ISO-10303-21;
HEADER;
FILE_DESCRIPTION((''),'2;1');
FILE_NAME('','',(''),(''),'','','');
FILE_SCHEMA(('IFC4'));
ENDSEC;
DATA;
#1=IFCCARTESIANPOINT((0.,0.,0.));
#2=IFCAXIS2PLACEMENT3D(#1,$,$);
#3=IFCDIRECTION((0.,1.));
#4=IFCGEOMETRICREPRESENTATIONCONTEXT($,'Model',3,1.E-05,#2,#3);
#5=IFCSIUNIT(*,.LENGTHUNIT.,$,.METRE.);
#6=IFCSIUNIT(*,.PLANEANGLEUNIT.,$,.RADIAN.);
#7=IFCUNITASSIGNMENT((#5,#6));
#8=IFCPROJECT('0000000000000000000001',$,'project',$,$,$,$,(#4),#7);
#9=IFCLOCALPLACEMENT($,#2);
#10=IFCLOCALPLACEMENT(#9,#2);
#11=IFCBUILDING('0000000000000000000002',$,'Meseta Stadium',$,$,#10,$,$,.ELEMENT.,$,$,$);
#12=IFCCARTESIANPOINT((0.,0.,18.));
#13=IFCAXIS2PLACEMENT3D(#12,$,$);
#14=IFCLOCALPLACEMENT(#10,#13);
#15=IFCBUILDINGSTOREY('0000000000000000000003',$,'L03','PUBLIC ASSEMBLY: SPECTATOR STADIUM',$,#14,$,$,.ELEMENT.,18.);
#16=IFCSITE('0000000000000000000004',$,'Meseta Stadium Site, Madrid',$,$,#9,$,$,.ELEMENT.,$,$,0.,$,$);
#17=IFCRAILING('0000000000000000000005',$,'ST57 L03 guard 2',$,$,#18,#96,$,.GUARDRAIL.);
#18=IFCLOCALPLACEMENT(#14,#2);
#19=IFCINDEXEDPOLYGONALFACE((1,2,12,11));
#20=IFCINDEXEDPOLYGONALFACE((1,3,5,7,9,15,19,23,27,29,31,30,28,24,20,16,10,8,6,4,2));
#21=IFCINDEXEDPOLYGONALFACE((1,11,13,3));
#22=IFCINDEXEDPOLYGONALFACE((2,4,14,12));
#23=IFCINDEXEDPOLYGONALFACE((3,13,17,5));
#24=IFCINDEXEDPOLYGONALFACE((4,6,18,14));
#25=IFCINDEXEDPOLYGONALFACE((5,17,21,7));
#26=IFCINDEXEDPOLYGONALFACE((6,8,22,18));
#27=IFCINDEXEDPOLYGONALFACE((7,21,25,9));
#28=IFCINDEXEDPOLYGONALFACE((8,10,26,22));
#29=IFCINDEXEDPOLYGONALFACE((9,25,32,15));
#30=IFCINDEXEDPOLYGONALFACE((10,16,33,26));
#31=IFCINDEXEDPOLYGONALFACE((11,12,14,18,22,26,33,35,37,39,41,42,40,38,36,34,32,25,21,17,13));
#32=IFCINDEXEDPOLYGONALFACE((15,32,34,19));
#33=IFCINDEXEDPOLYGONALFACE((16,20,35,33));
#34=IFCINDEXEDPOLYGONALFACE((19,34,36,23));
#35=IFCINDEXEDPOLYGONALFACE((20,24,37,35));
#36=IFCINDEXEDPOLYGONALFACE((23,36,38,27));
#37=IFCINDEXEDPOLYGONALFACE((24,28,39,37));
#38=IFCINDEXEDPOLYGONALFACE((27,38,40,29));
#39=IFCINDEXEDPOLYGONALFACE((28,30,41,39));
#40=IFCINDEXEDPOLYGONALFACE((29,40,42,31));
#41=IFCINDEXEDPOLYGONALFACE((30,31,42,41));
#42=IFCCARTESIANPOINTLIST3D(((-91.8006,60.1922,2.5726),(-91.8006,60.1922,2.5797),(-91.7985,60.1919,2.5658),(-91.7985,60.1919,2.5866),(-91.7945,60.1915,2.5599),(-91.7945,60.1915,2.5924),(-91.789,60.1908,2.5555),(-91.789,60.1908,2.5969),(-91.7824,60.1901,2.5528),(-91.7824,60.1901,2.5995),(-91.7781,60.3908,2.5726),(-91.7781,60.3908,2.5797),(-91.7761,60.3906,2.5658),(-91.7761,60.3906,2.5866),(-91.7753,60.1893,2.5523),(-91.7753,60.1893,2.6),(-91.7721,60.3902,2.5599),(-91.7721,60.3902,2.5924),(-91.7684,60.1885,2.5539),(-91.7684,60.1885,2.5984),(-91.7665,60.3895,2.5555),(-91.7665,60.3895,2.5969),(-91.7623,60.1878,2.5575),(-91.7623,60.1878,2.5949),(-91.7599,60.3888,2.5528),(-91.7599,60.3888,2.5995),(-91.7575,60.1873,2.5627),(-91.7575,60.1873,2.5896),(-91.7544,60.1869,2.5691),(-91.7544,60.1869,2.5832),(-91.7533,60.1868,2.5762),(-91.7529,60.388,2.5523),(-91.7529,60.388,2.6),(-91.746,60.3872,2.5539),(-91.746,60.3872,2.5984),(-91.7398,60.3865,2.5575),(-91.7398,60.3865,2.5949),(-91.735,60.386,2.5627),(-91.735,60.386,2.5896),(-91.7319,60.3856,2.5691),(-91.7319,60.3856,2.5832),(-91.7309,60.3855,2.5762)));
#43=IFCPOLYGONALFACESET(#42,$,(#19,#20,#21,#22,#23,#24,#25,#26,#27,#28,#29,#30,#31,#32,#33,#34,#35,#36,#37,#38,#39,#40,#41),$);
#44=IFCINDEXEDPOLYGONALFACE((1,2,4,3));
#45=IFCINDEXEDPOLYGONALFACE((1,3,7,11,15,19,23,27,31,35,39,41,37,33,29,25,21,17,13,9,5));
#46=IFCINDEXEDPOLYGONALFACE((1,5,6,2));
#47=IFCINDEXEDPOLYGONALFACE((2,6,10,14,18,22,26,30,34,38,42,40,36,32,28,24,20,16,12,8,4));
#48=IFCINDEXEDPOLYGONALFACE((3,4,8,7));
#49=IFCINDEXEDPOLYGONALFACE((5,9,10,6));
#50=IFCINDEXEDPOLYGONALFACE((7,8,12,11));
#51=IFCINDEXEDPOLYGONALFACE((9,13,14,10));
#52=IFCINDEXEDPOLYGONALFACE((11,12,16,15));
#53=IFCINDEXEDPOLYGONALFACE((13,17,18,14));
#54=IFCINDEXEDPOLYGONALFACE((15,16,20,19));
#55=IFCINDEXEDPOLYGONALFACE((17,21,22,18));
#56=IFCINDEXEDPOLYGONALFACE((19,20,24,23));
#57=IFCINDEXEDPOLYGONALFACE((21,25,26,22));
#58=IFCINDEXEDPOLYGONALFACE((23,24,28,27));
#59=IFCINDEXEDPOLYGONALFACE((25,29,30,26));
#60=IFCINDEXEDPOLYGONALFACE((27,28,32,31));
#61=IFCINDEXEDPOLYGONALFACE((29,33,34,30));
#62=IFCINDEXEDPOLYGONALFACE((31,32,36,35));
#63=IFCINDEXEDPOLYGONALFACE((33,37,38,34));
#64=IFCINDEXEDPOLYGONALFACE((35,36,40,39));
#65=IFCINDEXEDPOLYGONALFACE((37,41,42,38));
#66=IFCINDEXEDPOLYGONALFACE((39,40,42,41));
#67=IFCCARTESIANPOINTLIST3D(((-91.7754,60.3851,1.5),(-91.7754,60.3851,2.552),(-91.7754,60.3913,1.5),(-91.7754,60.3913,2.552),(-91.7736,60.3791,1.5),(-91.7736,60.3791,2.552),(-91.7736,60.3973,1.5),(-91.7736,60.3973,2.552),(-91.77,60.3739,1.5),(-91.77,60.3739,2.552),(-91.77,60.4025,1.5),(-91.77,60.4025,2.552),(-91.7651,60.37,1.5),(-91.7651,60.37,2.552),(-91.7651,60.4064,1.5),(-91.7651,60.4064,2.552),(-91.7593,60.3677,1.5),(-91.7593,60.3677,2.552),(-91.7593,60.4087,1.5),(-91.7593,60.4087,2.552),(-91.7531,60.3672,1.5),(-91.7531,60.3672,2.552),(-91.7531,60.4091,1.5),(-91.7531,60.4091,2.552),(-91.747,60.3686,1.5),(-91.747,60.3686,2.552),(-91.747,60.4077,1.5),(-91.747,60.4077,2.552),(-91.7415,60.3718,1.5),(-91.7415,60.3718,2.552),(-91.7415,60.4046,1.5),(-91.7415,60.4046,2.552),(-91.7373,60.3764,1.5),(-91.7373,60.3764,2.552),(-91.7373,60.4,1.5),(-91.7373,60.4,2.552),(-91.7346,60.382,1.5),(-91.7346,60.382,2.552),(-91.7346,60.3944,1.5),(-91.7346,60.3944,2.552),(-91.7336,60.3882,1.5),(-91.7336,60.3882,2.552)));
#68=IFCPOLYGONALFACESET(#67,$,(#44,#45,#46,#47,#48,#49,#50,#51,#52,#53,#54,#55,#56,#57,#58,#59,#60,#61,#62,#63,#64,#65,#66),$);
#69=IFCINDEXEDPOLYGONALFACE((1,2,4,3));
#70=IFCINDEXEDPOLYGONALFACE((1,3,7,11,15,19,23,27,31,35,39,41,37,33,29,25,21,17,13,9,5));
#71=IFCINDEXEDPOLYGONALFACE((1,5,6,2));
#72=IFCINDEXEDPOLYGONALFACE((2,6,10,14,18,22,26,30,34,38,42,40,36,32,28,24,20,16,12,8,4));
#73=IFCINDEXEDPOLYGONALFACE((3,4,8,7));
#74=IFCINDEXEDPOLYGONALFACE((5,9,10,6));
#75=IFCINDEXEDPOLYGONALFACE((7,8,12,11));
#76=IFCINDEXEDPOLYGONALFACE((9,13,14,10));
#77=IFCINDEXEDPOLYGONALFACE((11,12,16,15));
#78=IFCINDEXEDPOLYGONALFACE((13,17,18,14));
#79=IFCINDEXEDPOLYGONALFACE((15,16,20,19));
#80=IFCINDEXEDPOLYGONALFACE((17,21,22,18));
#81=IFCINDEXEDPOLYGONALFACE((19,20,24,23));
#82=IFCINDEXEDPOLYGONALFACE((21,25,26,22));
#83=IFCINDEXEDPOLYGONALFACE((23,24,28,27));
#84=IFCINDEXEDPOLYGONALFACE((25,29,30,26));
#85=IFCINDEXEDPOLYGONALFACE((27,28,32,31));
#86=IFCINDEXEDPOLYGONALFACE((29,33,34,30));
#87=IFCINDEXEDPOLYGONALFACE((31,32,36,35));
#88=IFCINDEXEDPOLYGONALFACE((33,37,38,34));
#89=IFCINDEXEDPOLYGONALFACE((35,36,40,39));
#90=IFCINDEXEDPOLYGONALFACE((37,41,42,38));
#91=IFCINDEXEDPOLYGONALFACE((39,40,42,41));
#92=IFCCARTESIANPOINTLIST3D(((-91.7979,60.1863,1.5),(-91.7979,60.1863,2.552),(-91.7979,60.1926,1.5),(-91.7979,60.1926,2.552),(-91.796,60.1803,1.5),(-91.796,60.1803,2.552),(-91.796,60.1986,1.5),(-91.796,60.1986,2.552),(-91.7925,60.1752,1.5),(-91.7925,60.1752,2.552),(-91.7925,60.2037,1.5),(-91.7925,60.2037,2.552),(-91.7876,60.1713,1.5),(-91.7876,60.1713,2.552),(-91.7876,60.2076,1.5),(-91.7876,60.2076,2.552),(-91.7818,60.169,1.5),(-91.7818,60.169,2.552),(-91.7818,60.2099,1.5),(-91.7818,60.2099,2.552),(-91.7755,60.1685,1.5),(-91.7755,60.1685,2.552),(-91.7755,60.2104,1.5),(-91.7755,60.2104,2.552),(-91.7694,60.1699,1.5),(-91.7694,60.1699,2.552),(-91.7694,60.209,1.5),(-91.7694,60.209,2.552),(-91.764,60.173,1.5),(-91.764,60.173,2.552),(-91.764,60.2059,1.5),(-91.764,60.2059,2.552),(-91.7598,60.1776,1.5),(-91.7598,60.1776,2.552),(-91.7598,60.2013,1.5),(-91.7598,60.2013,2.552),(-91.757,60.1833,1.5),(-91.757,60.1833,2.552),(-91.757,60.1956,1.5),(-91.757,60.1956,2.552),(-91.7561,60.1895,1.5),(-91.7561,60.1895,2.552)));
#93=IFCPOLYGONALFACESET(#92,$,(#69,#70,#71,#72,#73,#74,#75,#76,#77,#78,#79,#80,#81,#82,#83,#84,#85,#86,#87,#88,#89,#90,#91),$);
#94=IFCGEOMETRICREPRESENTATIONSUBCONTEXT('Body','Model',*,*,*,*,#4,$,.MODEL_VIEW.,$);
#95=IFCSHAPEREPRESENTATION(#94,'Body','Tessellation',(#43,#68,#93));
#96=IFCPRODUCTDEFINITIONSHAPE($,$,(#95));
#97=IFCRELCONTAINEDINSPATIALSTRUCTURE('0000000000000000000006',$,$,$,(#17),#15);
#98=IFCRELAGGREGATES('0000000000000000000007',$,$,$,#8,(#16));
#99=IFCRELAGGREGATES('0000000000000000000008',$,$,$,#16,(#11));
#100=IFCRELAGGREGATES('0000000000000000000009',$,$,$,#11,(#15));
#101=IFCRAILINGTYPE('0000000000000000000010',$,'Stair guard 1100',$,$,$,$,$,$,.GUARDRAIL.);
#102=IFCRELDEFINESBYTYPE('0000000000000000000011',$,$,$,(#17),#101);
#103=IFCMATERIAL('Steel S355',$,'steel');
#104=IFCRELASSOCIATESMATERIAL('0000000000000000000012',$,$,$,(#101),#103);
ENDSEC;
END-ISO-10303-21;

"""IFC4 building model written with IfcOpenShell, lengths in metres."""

from ifc_helpers import new_model, si_unit, direction, frame, origin, origin_2d, place, context, subcontext, project, spatial, circle, extrude, material, type_object, element, save


model = new_model("IFC4")

# Units and contexts
model_context = context("Model", 3, precision=1e-05, world=origin(), true_north=direction((0.0, 1.0)))
body_context = subcontext(model_context, "Body", "Model", "MODEL_VIEW")
ifc_project = project(units=[si_unit("LENGTHUNIT", "METRE"), si_unit("PLANEANGLEUNIT", "RADIAN")], contexts=[model_context])

# Site, building, storey
site_placement = place(None, origin())
site = spatial("IfcSite", under=ifc_project, at=site_placement, Name="Meseta Stadium Site, Madrid", CompositionType="ELEMENT", RefElevation=0.0)
building_placement = place(site_placement, origin())
building = spatial("IfcBuilding", under=site, at=building_placement, Name="Meseta Stadium", CompositionType="ELEMENT")
storey_placement = place(building_placement, frame((0.0, 0.0, 18.0)))
storey = spatial("IfcBuildingStorey", under=building, at=storey_placement, Name="L03", Description="PUBLIC ASSEMBLY: SPECTATOR STADIUM", CompositionType="ELEMENT", Elevation=18.0)

# Railing
ifc_material_1 = material(Name="Steel S355", Category="steel")
railing_type_1 = type_object("IfcRailingType", Name="Stair guard 1100", PredefinedType="GUARDRAIL", material=ifc_material_1)
railing_1_placement = place(storey_placement, frame((-91.7546, 60.3882, 1.5)))
element("IfcRailing", 1, at=railing_1_placement, inside=storey, type_object=railing_type_1, Name="ST57 L03 guard 2", PredefinedType="GUARDRAIL", context=body_context, shape_type="SweptSolid", body=[
    extrude(circle(Radius=0.0239, at=origin_2d()), frame((0.0, 0.0, 1.0762), z_axis=(-0.112307, -0.993674, 0.0), x_axis=(0.993674, -0.112307, 0.0)), (0.0, 0.0, 1.0), 0.2),
    extrude(circle(Radius=0.021, at=origin_2d()), origin(), (0.0, 0.0, 1.0), 1.052),
    extrude(circle(Radius=0.021, at=origin_2d()), frame((-0.0225, -0.1987, 0.0)), (0.0, 0.0, 1.0), 1.052),
])

save(model, "model.ifc")
